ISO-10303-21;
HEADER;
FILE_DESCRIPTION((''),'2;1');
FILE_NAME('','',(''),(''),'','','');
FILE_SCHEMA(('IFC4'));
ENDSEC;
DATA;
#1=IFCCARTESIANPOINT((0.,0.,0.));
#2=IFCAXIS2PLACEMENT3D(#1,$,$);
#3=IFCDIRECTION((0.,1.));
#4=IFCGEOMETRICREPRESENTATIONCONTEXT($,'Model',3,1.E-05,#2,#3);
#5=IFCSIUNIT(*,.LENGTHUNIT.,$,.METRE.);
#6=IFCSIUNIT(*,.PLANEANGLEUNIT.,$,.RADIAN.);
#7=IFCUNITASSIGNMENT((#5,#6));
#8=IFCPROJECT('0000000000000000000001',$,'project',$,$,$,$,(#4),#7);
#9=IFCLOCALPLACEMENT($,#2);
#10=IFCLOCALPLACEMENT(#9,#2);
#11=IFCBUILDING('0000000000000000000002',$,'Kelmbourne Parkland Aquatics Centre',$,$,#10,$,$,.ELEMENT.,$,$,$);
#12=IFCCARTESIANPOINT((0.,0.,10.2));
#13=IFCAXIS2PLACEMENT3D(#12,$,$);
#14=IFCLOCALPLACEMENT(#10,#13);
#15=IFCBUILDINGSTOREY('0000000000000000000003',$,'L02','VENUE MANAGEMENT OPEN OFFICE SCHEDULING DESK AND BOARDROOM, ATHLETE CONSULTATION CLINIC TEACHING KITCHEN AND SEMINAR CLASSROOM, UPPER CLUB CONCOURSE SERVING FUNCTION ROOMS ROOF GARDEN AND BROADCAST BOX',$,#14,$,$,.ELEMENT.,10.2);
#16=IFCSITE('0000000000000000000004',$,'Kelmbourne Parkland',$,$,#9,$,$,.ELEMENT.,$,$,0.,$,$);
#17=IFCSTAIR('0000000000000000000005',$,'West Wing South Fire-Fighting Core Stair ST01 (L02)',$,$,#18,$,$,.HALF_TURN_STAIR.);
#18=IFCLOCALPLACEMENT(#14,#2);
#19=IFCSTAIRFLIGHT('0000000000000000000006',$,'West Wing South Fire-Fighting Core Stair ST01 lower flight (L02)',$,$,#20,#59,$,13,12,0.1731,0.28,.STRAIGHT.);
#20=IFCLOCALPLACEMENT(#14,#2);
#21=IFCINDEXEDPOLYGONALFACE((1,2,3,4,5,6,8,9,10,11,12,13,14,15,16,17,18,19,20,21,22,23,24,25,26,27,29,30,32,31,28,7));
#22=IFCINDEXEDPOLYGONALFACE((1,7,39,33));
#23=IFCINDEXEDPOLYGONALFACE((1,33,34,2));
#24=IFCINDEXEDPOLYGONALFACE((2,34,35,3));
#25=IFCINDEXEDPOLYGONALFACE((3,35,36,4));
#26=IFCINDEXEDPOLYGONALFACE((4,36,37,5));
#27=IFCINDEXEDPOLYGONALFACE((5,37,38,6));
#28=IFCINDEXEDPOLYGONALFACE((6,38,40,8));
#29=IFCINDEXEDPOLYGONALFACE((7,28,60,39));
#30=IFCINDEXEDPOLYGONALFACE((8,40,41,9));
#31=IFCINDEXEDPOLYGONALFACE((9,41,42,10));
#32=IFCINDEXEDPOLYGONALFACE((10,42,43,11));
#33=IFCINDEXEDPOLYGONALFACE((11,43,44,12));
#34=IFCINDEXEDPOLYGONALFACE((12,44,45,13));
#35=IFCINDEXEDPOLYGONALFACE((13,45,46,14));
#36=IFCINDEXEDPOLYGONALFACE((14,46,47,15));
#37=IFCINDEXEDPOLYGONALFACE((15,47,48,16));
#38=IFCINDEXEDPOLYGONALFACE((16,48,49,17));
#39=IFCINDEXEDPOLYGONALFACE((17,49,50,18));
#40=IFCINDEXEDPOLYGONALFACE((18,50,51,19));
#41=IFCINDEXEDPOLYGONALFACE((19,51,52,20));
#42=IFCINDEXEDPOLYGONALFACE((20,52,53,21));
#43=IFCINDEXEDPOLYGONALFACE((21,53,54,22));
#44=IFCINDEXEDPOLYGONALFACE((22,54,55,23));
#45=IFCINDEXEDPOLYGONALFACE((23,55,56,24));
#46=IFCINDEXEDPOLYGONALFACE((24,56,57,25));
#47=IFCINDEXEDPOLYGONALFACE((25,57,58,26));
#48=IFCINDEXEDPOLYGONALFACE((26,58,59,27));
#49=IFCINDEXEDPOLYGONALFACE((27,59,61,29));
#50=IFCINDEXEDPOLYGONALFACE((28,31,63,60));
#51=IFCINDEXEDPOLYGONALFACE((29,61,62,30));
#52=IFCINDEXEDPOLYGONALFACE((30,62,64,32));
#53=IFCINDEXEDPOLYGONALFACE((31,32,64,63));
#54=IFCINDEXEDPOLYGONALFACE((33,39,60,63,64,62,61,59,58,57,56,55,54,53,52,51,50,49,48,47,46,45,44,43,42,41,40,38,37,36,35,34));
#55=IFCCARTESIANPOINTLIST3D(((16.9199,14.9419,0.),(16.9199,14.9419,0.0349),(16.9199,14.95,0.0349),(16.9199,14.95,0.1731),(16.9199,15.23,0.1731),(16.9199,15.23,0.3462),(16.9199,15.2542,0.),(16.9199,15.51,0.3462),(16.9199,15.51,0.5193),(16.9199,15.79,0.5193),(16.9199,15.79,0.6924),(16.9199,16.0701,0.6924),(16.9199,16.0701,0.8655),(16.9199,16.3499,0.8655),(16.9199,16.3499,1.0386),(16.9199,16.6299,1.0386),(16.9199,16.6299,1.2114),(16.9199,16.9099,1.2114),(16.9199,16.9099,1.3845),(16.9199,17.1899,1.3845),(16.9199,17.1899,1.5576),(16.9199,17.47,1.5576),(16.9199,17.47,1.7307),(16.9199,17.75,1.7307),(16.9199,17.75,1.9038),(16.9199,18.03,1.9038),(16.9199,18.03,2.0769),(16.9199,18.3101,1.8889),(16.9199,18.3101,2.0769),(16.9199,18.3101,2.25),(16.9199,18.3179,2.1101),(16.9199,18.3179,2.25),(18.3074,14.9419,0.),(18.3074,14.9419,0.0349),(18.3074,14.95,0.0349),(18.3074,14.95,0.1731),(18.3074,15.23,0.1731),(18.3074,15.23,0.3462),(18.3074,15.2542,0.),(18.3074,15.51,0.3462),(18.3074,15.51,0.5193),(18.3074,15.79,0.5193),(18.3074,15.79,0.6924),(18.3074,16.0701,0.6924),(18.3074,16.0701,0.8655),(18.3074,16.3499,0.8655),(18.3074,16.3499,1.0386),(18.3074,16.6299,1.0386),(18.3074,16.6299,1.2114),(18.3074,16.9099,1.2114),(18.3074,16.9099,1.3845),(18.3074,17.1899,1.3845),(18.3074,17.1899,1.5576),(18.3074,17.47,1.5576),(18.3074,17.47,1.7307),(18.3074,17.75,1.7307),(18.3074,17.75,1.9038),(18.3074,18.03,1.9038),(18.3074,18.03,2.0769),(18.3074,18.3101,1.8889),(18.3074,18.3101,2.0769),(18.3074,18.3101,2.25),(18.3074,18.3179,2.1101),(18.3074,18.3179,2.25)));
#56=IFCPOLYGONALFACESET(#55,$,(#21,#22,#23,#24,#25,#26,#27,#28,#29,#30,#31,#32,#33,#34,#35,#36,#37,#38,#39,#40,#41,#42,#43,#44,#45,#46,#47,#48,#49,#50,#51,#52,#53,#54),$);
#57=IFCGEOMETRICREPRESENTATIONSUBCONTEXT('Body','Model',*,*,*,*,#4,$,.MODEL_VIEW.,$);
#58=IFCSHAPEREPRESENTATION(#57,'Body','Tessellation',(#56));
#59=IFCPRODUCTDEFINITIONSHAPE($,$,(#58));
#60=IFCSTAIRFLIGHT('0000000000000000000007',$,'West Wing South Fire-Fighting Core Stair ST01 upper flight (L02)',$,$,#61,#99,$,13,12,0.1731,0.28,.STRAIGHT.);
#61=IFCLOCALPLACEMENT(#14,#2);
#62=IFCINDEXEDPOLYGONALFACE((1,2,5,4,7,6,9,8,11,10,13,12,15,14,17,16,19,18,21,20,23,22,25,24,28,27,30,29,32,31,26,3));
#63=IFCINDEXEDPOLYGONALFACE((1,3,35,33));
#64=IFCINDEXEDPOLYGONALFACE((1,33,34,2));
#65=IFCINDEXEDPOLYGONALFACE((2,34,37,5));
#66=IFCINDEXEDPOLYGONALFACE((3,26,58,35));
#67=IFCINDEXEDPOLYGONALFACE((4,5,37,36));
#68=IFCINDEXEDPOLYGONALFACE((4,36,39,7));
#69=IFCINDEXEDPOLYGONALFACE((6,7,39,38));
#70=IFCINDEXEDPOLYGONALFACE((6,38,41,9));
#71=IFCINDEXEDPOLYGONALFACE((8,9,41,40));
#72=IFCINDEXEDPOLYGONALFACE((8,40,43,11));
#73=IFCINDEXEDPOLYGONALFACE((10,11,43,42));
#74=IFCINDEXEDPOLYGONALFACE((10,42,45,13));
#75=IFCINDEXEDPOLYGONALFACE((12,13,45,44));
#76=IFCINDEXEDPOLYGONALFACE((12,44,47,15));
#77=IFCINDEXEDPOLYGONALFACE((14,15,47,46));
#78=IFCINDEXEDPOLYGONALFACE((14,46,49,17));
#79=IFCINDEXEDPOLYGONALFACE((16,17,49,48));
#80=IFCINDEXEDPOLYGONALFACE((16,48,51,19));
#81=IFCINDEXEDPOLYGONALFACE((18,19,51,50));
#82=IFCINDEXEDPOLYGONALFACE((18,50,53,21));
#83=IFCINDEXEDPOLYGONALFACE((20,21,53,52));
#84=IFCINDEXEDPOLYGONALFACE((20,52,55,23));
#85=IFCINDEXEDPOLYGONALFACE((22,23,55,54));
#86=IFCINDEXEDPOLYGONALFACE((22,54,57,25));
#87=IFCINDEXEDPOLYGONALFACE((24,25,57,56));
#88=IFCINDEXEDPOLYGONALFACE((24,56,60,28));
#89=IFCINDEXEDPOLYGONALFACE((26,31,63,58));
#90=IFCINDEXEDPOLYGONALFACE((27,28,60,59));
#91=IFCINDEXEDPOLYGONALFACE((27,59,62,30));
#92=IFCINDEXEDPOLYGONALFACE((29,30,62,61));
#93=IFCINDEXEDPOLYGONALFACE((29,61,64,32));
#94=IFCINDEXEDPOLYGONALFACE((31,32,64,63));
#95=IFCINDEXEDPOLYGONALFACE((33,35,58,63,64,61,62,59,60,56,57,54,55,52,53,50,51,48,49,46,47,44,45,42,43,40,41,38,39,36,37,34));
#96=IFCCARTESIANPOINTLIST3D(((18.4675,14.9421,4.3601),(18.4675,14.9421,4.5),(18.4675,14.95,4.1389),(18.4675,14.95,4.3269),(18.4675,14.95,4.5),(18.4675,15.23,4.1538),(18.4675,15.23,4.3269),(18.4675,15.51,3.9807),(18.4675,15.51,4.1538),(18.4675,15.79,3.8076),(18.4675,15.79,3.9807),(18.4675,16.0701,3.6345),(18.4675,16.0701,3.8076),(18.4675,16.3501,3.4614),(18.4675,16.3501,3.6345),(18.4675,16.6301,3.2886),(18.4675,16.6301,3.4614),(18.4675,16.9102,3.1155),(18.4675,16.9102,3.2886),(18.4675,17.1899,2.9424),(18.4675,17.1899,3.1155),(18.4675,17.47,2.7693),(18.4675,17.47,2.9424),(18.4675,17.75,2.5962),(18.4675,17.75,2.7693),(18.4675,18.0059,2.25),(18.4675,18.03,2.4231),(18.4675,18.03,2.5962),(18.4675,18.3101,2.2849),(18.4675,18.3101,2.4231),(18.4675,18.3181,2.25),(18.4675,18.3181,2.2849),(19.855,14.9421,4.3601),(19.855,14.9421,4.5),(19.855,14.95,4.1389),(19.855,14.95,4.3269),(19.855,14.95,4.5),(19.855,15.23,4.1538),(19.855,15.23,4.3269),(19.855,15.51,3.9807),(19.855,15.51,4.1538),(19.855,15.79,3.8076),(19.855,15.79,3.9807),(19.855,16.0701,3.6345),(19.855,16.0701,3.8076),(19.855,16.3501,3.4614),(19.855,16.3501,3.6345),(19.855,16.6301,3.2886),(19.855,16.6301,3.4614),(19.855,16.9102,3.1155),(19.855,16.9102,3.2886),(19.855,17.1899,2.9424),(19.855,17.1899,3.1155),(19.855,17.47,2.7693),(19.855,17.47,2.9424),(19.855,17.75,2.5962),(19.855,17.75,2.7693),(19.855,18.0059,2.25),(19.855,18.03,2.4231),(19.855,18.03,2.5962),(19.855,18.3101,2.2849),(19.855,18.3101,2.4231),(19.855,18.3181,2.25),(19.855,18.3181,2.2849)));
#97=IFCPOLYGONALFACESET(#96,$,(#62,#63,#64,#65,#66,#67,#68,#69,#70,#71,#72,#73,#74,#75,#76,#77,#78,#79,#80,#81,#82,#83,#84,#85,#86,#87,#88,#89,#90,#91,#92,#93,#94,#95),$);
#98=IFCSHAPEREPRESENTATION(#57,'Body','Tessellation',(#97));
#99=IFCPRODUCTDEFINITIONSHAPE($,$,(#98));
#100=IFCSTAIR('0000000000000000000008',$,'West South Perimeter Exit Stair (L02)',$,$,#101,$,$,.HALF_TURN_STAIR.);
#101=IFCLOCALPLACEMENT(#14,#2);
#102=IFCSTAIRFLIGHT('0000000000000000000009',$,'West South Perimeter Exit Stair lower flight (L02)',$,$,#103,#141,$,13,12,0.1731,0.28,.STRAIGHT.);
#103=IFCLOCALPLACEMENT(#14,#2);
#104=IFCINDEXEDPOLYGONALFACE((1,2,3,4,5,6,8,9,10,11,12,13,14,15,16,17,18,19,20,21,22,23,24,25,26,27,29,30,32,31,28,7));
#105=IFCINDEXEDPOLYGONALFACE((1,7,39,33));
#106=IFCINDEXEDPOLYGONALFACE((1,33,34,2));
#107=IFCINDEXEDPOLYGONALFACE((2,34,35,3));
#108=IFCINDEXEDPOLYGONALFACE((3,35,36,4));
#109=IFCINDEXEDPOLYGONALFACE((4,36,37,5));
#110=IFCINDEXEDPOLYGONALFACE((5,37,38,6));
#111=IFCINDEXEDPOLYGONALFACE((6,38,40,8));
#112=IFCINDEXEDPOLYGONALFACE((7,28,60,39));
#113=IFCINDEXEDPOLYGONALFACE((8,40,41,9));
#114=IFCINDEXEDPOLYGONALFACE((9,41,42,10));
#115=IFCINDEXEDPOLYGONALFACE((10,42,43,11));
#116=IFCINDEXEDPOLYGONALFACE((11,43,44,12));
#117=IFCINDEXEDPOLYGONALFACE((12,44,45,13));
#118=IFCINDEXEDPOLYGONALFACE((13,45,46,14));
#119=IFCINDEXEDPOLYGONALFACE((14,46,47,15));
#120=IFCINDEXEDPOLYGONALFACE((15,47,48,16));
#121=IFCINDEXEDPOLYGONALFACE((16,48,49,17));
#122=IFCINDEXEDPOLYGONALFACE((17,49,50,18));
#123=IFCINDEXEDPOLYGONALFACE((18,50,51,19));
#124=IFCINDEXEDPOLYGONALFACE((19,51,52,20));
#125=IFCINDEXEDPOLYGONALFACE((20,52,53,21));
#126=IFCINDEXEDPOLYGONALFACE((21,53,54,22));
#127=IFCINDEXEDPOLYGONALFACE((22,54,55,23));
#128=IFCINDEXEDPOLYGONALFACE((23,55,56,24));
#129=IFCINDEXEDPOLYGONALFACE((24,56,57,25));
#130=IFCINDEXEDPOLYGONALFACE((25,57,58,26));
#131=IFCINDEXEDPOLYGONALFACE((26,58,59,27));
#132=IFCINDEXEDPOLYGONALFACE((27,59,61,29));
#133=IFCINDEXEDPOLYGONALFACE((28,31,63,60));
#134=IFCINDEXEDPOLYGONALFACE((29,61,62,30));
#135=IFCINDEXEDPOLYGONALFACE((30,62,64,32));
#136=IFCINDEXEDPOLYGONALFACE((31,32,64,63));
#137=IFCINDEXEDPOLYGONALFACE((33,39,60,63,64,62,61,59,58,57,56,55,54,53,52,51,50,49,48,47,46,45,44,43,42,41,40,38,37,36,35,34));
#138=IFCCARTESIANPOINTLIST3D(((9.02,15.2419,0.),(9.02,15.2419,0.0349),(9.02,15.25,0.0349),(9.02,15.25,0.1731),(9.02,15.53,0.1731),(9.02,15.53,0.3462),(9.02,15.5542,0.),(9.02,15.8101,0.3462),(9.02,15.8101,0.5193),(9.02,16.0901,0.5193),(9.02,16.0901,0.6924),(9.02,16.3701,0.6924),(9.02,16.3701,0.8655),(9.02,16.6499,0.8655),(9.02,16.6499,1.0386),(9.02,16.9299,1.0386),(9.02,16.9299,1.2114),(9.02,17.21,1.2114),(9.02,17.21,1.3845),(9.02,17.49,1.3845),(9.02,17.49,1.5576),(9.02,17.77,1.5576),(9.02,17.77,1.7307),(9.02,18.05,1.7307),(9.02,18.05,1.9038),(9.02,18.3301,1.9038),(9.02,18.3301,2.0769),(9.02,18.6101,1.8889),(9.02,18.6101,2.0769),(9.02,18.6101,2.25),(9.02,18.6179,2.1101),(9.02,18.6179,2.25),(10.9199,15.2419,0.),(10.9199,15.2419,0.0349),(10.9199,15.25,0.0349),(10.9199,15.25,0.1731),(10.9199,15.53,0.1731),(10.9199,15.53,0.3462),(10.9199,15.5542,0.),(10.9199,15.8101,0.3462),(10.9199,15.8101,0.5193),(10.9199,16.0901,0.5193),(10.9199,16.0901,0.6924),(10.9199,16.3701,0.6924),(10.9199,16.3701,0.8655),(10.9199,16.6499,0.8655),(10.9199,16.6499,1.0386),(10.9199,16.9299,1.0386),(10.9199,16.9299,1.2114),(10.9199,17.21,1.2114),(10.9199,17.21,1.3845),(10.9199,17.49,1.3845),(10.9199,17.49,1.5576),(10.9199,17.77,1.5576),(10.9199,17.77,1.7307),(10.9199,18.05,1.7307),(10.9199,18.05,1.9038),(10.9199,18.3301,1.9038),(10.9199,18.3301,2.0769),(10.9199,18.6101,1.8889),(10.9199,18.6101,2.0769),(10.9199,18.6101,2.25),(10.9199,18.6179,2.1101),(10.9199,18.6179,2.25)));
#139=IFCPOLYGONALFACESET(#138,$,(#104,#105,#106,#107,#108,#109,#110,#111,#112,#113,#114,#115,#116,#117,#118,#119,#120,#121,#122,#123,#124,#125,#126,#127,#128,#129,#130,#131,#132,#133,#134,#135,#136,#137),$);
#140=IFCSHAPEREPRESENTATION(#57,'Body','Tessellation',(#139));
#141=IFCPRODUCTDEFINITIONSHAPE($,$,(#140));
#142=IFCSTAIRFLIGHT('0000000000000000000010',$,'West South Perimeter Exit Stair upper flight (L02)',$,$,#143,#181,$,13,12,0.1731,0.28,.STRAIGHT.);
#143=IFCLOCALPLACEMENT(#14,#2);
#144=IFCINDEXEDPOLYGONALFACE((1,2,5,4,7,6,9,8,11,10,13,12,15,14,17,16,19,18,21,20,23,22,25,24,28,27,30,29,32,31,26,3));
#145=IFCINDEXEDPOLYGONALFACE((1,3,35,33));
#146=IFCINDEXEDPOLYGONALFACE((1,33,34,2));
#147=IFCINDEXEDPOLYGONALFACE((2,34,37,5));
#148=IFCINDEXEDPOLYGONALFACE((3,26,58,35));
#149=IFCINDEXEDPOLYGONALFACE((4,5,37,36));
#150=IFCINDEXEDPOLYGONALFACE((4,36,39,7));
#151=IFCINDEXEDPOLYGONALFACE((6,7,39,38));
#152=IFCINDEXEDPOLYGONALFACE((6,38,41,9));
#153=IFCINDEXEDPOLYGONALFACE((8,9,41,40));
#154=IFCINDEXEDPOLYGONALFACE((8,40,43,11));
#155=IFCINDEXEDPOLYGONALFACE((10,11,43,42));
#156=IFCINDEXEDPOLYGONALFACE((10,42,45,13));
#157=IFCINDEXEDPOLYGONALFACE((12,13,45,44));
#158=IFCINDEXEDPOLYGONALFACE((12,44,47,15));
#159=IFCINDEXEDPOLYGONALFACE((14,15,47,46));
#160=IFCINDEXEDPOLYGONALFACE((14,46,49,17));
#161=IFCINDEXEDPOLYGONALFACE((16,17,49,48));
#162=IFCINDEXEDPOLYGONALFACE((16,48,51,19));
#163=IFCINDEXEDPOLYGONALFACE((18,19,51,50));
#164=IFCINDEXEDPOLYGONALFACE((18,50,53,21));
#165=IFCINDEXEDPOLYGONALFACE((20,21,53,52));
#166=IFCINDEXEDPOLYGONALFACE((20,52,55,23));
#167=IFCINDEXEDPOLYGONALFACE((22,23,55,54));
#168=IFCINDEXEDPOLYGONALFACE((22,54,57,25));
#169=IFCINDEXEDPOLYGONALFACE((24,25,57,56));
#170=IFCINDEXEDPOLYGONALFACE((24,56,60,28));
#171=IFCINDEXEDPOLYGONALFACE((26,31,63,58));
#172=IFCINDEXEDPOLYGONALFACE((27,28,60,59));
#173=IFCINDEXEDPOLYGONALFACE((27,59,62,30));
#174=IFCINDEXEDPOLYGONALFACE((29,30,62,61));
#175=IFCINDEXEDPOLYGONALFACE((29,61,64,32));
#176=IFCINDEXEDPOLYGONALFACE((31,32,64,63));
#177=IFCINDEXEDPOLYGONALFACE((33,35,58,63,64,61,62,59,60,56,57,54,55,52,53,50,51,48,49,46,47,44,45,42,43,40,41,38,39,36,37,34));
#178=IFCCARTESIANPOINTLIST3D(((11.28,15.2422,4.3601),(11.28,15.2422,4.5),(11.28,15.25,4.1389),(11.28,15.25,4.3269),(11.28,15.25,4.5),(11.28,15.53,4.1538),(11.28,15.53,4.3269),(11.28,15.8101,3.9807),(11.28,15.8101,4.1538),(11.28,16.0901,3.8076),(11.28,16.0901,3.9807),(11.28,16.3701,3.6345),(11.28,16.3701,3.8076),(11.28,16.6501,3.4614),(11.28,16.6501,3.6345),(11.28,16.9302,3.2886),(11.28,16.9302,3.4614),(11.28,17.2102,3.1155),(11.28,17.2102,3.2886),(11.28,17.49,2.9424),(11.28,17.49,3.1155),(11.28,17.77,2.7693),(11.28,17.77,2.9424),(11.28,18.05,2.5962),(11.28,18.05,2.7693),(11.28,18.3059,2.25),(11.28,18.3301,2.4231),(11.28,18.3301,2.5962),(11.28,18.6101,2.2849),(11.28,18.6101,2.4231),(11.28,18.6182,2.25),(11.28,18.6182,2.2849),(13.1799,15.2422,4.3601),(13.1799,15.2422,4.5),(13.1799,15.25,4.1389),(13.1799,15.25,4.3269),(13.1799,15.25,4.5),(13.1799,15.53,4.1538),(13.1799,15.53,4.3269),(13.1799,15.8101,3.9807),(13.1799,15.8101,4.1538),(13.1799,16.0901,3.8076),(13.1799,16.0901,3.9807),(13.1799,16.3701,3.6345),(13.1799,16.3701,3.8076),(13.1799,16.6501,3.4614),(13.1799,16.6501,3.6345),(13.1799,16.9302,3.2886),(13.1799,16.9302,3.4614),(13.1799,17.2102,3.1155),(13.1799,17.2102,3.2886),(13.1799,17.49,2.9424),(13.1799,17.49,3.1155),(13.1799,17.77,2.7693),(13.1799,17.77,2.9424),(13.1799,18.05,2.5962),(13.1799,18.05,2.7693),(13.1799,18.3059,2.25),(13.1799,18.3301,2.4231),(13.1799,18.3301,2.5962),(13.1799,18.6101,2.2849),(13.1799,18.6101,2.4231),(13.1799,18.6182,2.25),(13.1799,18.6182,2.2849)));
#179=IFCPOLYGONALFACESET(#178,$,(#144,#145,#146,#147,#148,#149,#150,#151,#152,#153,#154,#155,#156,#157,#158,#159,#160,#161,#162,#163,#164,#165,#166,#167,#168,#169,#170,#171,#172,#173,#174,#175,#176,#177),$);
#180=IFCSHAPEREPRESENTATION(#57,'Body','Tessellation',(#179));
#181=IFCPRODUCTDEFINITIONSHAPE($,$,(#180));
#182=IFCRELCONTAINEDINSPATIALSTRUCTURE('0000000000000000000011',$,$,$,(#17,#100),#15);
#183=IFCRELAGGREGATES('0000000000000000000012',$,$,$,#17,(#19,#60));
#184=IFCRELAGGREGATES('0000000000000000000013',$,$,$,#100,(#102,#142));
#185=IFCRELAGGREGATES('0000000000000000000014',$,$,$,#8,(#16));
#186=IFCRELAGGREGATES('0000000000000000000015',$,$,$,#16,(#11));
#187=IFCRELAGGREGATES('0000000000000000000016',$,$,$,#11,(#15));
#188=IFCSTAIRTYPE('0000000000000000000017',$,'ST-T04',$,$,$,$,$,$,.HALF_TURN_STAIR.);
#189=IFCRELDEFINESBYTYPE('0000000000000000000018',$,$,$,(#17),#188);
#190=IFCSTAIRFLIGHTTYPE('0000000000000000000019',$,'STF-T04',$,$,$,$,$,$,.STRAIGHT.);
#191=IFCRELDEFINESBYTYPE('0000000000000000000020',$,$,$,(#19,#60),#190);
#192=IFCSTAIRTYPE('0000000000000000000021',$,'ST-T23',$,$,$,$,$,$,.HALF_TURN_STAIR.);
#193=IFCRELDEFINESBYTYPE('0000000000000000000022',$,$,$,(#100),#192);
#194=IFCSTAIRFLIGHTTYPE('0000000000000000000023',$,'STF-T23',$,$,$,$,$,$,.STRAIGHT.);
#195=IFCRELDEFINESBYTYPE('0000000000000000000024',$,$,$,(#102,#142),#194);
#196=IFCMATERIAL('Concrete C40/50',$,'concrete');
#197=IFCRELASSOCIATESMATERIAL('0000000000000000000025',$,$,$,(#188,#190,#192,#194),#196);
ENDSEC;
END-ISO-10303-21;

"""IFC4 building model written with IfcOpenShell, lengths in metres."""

from ifc_helpers import new_model, si_unit, direction, frame, origin, place, context, subcontext, project, spatial, polyline, outline, extrude, material, type_object, element, aggregate, save


model = new_model("IFC4")

# Units and contexts
model_context = context("Model", 3, precision=1e-05, world=origin(), true_north=direction((0.0, 1.0)))
body_context = subcontext(model_context, "Body", "Model", "MODEL_VIEW")
ifc_project = project(units=[si_unit("LENGTHUNIT", "METRE"), si_unit("PLANEANGLEUNIT", "RADIAN")], contexts=[model_context])

# Site, building, storey
site_placement = place(None, origin())
site = spatial("IfcSite", under=ifc_project, at=site_placement, Name="Kelmbourne Parkland", CompositionType="ELEMENT", RefElevation=0.0)
building_placement = place(site_placement, origin())
building = spatial("IfcBuilding", under=site, at=building_placement, Name="Kelmbourne Parkland Aquatics Centre", CompositionType="ELEMENT")
storey_placement = place(building_placement, frame((0.0, 0.0, 10.2)))
storey = spatial("IfcBuildingStorey", under=building, at=storey_placement, Name="L02", Description="VENUE MANAGEMENT OPEN OFFICE SCHEDULING DESK AND BOARDROOM, ATHLETE CONSULTATION CLINIC TEACHING KITCHEN AND SEMINAR CLASSROOM, UPPER CLUB CONCOURSE SERVING FUNCTION ROOMS ROOF GARDEN AND BROADCAST BOX", CompositionType="ELEMENT", Elevation=10.2)

# Shared definitions
ifc_material_1 = material(Name="Concrete C40/50", Category="concrete")

# Stairs, stair flights
stair_type_1 = type_object("IfcStairType", Name="ST-T04", PredefinedType="HALF_TURN_STAIR", material=ifc_material_1)
stair_1_placement = place(storey_placement, origin())
stair_1 = element("IfcStair", 1, at=stair_1_placement, inside=storey, type_object=stair_type_1, Name="West Wing South Fire-Fighting Core Stair ST01 (L02)", PredefinedType="HALF_TURN_STAIR")
stair_flight_type_1 = type_object("IfcStairFlightType", Name="STF-T04", PredefinedType="STRAIGHT", material=ifc_material_1)
stair_flight_1_placement = place(storey_placement, frame((17.6138, 14.95, 0.0), z_axis=(0.0, 0.0, 1.0), x_axis=(0.0, 1.0, 0.0)))
stair_flight_1 = element("IfcStairFlight", 2, at=stair_flight_1_placement, type_object=stair_flight_type_1, Name="West Wing South Fire-Fighting Core Stair ST01 lower flight (L02)", NumberOfRisers=13, NumberOfTreads=12, PredefinedType="STRAIGHT", RiserHeight=0.1731, TreadLength=0.28, context=body_context, shape_type="SweptSolid", body=[
    extrude(outline(polyline([(-0.0081, 0.0), (-0.0081, 0.0349), (0.0, 0.0349), (0.0, 0.1731), (0.28, 0.1731), (0.28, 0.3462), (0.5601, 0.3462), (0.5601, 0.5193), (0.8401, 0.5193), (0.8401, 0.6924), (1.1201, 0.6924), (1.1201, 0.8655), (1.3999, 0.8655), (1.3999, 1.0386), (1.6799, 1.0386), (1.6799, 1.2114), (1.96, 1.2114), (1.96, 1.3845), (2.24, 1.3845), (2.24, 1.5576), (2.52, 1.5576), (2.52, 1.7307), (2.8, 1.7307), (2.8, 1.9038), (3.0801, 1.9038), (3.0801, 2.0769), (3.3601, 2.0769), (3.3601, 2.25), (3.3679, 2.25), (3.3679, 2.1101), (3.3601, 1.8889), (0.3042, 0.0), (-0.0081, 0.0)])), frame((0.0, 0.6938, 0.0), z_axis=(0.0, -1.0, 0.0), x_axis=(1.0, 0.0, 0.0)), (0.0, 0.0, 1.0), 1.3875),
])
stair_flight_2_placement = place(storey_placement, frame((19.1611, 18.3101, 2.25), z_axis=(0.0, 0.0, 1.0), x_axis=(0.0, -1.0, 0.0)))
stair_flight_2 = element("IfcStairFlight", 3, at=stair_flight_2_placement, type_object=stair_flight_type_1, Name="West Wing South Fire-Fighting Core Stair ST01 upper flight (L02)", NumberOfRisers=13, NumberOfTreads=12, PredefinedType="STRAIGHT", RiserHeight=0.1731, TreadLength=0.28, context=body_context, shape_type="SweptSolid", body=[
    extrude(outline(polyline([(-0.0081, 0.0), (-0.0081, 0.0349), (0.0, 0.0349), (0.0, 0.1731), (0.28, 0.1731), (0.28, 0.3462), (0.5601, 0.3462), (0.5601, 0.5193), (0.8401, 0.5193), (0.8401, 0.6924), (1.1201, 0.6924), (1.1201, 0.8655), (1.3999, 0.8655), (1.3999, 1.0386), (1.6799, 1.0386), (1.6799, 1.2114), (1.96, 1.2114), (1.96, 1.3845), (2.24, 1.3845), (2.24, 1.5576), (2.52, 1.5576), (2.52, 1.7307), (2.8, 1.7307), (2.8, 1.9038), (3.0801, 1.9038), (3.0801, 2.0769), (3.3601, 2.0769), (3.3601, 2.25), (3.3679, 2.25), (3.3679, 2.1101), (3.3601, 1.8889), (0.3042, 0.0), (-0.0081, 0.0)])), frame((0.0, 0.6938, 0.0), z_axis=(0.0, -1.0, 0.0), x_axis=(1.0, 0.0, 0.0)), (0.0, 0.0, 1.0), 1.3875),
])
aggregate(stair_1, [stair_flight_1, stair_flight_2])
stair_type_2 = type_object("IfcStairType", Name="ST-T23", PredefinedType="HALF_TURN_STAIR", material=ifc_material_1)
stair_2_placement = place(storey_placement, origin())
stair_2 = element("IfcStair", 4, at=stair_2_placement, inside=storey, type_object=stair_type_2, Name="West South Perimeter Exit Stair (L02)", PredefinedType="HALF_TURN_STAIR")
stair_flight_type_2 = type_object("IfcStairFlightType", Name="STF-T23", PredefinedType="STRAIGHT", material=ifc_material_1)
stair_flight_3_placement = place(storey_placement, frame((9.97, 15.25, 0.0), z_axis=(0.0, 0.0, 1.0), x_axis=(0.0, 1.0, 0.0)))
stair_flight_3 = element("IfcStairFlight", 5, at=stair_flight_3_placement, type_object=stair_flight_type_2, Name="West South Perimeter Exit Stair lower flight (L02)", NumberOfRisers=13, NumberOfTreads=12, PredefinedType="STRAIGHT", RiserHeight=0.1731, TreadLength=0.28, context=body_context, shape_type="SweptSolid", body=[
    extrude(outline(polyline([(-0.0081, 0.0), (-0.0081, 0.0349), (0.0, 0.0349), (0.0, 0.1731), (0.28, 0.1731), (0.28, 0.3462), (0.5601, 0.3462), (0.5601, 0.5193), (0.8401, 0.5193), (0.8401, 0.6924), (1.1201, 0.6924), (1.1201, 0.8655), (1.3999, 0.8655), (1.3999, 1.0386), (1.6799, 1.0386), (1.6799, 1.2114), (1.96, 1.2114), (1.96, 1.3845), (2.24, 1.3845), (2.24, 1.5576), (2.52, 1.5576), (2.52, 1.7307), (2.8, 1.7307), (2.8, 1.9038), (3.0801, 1.9038), (3.0801, 2.0769), (3.3601, 2.0769), (3.3601, 2.25), (3.3679, 2.25), (3.3679, 2.1101), (3.3601, 1.8889), (0.3042, 0.0), (-0.0081, 0.0)])), frame((0.0, 0.95, 0.0), z_axis=(0.0, -1.0, 0.0), x_axis=(1.0, 0.0, 0.0)), (0.0, 0.0, 1.0), 1.8999),
])
stair_flight_4_placement = place(storey_placement, frame((12.23, 18.6101, 2.25), z_axis=(0.0, 0.0, 1.0), x_axis=(0.0, -1.0, 0.0)))
stair_flight_4 = element("IfcStairFlight", 6, at=stair_flight_4_placement, type_object=stair_flight_type_2, Name="West South Perimeter Exit Stair upper flight (L02)", NumberOfRisers=13, NumberOfTreads=12, PredefinedType="STRAIGHT", RiserHeight=0.1731, TreadLength=0.28, context=body_context, shape_type="SweptSolid", body=[
    extrude(outline(polyline([(-0.0081, 0.0), (-0.0081, 0.0349), (0.0, 0.0349), (0.0, 0.1731), (0.28, 0.1731), (0.28, 0.3462), (0.5601, 0.3462), (0.5601, 0.5193), (0.8401, 0.5193), (0.8401, 0.6924), (1.1201, 0.6924), (1.1201, 0.8655), (1.3999, 0.8655), (1.3999, 1.0386), (1.6799, 1.0386), (1.6799, 1.2114), (1.96, 1.2114), (1.96, 1.3845), (2.24, 1.3845), (2.24, 1.5576), (2.52, 1.5576), (2.52, 1.7307), (2.8, 1.7307), (2.8, 1.9038), (3.0801, 1.9038), (3.0801, 2.0769), (3.3601, 2.0769), (3.3601, 2.25), (3.3679, 2.25), (3.3679, 2.1101), (3.3601, 1.8889), (0.3042, 0.0), (-0.0081, 0.0)])), frame((0.0, 0.95, 0.0), z_axis=(0.0, -1.0, 0.0), x_axis=(1.0, 0.0, 0.0)), (0.0, 0.0, 1.0), 1.8999),
])
aggregate(stair_2, [stair_flight_3, stair_flight_4])

save(model, "model.ifc")
